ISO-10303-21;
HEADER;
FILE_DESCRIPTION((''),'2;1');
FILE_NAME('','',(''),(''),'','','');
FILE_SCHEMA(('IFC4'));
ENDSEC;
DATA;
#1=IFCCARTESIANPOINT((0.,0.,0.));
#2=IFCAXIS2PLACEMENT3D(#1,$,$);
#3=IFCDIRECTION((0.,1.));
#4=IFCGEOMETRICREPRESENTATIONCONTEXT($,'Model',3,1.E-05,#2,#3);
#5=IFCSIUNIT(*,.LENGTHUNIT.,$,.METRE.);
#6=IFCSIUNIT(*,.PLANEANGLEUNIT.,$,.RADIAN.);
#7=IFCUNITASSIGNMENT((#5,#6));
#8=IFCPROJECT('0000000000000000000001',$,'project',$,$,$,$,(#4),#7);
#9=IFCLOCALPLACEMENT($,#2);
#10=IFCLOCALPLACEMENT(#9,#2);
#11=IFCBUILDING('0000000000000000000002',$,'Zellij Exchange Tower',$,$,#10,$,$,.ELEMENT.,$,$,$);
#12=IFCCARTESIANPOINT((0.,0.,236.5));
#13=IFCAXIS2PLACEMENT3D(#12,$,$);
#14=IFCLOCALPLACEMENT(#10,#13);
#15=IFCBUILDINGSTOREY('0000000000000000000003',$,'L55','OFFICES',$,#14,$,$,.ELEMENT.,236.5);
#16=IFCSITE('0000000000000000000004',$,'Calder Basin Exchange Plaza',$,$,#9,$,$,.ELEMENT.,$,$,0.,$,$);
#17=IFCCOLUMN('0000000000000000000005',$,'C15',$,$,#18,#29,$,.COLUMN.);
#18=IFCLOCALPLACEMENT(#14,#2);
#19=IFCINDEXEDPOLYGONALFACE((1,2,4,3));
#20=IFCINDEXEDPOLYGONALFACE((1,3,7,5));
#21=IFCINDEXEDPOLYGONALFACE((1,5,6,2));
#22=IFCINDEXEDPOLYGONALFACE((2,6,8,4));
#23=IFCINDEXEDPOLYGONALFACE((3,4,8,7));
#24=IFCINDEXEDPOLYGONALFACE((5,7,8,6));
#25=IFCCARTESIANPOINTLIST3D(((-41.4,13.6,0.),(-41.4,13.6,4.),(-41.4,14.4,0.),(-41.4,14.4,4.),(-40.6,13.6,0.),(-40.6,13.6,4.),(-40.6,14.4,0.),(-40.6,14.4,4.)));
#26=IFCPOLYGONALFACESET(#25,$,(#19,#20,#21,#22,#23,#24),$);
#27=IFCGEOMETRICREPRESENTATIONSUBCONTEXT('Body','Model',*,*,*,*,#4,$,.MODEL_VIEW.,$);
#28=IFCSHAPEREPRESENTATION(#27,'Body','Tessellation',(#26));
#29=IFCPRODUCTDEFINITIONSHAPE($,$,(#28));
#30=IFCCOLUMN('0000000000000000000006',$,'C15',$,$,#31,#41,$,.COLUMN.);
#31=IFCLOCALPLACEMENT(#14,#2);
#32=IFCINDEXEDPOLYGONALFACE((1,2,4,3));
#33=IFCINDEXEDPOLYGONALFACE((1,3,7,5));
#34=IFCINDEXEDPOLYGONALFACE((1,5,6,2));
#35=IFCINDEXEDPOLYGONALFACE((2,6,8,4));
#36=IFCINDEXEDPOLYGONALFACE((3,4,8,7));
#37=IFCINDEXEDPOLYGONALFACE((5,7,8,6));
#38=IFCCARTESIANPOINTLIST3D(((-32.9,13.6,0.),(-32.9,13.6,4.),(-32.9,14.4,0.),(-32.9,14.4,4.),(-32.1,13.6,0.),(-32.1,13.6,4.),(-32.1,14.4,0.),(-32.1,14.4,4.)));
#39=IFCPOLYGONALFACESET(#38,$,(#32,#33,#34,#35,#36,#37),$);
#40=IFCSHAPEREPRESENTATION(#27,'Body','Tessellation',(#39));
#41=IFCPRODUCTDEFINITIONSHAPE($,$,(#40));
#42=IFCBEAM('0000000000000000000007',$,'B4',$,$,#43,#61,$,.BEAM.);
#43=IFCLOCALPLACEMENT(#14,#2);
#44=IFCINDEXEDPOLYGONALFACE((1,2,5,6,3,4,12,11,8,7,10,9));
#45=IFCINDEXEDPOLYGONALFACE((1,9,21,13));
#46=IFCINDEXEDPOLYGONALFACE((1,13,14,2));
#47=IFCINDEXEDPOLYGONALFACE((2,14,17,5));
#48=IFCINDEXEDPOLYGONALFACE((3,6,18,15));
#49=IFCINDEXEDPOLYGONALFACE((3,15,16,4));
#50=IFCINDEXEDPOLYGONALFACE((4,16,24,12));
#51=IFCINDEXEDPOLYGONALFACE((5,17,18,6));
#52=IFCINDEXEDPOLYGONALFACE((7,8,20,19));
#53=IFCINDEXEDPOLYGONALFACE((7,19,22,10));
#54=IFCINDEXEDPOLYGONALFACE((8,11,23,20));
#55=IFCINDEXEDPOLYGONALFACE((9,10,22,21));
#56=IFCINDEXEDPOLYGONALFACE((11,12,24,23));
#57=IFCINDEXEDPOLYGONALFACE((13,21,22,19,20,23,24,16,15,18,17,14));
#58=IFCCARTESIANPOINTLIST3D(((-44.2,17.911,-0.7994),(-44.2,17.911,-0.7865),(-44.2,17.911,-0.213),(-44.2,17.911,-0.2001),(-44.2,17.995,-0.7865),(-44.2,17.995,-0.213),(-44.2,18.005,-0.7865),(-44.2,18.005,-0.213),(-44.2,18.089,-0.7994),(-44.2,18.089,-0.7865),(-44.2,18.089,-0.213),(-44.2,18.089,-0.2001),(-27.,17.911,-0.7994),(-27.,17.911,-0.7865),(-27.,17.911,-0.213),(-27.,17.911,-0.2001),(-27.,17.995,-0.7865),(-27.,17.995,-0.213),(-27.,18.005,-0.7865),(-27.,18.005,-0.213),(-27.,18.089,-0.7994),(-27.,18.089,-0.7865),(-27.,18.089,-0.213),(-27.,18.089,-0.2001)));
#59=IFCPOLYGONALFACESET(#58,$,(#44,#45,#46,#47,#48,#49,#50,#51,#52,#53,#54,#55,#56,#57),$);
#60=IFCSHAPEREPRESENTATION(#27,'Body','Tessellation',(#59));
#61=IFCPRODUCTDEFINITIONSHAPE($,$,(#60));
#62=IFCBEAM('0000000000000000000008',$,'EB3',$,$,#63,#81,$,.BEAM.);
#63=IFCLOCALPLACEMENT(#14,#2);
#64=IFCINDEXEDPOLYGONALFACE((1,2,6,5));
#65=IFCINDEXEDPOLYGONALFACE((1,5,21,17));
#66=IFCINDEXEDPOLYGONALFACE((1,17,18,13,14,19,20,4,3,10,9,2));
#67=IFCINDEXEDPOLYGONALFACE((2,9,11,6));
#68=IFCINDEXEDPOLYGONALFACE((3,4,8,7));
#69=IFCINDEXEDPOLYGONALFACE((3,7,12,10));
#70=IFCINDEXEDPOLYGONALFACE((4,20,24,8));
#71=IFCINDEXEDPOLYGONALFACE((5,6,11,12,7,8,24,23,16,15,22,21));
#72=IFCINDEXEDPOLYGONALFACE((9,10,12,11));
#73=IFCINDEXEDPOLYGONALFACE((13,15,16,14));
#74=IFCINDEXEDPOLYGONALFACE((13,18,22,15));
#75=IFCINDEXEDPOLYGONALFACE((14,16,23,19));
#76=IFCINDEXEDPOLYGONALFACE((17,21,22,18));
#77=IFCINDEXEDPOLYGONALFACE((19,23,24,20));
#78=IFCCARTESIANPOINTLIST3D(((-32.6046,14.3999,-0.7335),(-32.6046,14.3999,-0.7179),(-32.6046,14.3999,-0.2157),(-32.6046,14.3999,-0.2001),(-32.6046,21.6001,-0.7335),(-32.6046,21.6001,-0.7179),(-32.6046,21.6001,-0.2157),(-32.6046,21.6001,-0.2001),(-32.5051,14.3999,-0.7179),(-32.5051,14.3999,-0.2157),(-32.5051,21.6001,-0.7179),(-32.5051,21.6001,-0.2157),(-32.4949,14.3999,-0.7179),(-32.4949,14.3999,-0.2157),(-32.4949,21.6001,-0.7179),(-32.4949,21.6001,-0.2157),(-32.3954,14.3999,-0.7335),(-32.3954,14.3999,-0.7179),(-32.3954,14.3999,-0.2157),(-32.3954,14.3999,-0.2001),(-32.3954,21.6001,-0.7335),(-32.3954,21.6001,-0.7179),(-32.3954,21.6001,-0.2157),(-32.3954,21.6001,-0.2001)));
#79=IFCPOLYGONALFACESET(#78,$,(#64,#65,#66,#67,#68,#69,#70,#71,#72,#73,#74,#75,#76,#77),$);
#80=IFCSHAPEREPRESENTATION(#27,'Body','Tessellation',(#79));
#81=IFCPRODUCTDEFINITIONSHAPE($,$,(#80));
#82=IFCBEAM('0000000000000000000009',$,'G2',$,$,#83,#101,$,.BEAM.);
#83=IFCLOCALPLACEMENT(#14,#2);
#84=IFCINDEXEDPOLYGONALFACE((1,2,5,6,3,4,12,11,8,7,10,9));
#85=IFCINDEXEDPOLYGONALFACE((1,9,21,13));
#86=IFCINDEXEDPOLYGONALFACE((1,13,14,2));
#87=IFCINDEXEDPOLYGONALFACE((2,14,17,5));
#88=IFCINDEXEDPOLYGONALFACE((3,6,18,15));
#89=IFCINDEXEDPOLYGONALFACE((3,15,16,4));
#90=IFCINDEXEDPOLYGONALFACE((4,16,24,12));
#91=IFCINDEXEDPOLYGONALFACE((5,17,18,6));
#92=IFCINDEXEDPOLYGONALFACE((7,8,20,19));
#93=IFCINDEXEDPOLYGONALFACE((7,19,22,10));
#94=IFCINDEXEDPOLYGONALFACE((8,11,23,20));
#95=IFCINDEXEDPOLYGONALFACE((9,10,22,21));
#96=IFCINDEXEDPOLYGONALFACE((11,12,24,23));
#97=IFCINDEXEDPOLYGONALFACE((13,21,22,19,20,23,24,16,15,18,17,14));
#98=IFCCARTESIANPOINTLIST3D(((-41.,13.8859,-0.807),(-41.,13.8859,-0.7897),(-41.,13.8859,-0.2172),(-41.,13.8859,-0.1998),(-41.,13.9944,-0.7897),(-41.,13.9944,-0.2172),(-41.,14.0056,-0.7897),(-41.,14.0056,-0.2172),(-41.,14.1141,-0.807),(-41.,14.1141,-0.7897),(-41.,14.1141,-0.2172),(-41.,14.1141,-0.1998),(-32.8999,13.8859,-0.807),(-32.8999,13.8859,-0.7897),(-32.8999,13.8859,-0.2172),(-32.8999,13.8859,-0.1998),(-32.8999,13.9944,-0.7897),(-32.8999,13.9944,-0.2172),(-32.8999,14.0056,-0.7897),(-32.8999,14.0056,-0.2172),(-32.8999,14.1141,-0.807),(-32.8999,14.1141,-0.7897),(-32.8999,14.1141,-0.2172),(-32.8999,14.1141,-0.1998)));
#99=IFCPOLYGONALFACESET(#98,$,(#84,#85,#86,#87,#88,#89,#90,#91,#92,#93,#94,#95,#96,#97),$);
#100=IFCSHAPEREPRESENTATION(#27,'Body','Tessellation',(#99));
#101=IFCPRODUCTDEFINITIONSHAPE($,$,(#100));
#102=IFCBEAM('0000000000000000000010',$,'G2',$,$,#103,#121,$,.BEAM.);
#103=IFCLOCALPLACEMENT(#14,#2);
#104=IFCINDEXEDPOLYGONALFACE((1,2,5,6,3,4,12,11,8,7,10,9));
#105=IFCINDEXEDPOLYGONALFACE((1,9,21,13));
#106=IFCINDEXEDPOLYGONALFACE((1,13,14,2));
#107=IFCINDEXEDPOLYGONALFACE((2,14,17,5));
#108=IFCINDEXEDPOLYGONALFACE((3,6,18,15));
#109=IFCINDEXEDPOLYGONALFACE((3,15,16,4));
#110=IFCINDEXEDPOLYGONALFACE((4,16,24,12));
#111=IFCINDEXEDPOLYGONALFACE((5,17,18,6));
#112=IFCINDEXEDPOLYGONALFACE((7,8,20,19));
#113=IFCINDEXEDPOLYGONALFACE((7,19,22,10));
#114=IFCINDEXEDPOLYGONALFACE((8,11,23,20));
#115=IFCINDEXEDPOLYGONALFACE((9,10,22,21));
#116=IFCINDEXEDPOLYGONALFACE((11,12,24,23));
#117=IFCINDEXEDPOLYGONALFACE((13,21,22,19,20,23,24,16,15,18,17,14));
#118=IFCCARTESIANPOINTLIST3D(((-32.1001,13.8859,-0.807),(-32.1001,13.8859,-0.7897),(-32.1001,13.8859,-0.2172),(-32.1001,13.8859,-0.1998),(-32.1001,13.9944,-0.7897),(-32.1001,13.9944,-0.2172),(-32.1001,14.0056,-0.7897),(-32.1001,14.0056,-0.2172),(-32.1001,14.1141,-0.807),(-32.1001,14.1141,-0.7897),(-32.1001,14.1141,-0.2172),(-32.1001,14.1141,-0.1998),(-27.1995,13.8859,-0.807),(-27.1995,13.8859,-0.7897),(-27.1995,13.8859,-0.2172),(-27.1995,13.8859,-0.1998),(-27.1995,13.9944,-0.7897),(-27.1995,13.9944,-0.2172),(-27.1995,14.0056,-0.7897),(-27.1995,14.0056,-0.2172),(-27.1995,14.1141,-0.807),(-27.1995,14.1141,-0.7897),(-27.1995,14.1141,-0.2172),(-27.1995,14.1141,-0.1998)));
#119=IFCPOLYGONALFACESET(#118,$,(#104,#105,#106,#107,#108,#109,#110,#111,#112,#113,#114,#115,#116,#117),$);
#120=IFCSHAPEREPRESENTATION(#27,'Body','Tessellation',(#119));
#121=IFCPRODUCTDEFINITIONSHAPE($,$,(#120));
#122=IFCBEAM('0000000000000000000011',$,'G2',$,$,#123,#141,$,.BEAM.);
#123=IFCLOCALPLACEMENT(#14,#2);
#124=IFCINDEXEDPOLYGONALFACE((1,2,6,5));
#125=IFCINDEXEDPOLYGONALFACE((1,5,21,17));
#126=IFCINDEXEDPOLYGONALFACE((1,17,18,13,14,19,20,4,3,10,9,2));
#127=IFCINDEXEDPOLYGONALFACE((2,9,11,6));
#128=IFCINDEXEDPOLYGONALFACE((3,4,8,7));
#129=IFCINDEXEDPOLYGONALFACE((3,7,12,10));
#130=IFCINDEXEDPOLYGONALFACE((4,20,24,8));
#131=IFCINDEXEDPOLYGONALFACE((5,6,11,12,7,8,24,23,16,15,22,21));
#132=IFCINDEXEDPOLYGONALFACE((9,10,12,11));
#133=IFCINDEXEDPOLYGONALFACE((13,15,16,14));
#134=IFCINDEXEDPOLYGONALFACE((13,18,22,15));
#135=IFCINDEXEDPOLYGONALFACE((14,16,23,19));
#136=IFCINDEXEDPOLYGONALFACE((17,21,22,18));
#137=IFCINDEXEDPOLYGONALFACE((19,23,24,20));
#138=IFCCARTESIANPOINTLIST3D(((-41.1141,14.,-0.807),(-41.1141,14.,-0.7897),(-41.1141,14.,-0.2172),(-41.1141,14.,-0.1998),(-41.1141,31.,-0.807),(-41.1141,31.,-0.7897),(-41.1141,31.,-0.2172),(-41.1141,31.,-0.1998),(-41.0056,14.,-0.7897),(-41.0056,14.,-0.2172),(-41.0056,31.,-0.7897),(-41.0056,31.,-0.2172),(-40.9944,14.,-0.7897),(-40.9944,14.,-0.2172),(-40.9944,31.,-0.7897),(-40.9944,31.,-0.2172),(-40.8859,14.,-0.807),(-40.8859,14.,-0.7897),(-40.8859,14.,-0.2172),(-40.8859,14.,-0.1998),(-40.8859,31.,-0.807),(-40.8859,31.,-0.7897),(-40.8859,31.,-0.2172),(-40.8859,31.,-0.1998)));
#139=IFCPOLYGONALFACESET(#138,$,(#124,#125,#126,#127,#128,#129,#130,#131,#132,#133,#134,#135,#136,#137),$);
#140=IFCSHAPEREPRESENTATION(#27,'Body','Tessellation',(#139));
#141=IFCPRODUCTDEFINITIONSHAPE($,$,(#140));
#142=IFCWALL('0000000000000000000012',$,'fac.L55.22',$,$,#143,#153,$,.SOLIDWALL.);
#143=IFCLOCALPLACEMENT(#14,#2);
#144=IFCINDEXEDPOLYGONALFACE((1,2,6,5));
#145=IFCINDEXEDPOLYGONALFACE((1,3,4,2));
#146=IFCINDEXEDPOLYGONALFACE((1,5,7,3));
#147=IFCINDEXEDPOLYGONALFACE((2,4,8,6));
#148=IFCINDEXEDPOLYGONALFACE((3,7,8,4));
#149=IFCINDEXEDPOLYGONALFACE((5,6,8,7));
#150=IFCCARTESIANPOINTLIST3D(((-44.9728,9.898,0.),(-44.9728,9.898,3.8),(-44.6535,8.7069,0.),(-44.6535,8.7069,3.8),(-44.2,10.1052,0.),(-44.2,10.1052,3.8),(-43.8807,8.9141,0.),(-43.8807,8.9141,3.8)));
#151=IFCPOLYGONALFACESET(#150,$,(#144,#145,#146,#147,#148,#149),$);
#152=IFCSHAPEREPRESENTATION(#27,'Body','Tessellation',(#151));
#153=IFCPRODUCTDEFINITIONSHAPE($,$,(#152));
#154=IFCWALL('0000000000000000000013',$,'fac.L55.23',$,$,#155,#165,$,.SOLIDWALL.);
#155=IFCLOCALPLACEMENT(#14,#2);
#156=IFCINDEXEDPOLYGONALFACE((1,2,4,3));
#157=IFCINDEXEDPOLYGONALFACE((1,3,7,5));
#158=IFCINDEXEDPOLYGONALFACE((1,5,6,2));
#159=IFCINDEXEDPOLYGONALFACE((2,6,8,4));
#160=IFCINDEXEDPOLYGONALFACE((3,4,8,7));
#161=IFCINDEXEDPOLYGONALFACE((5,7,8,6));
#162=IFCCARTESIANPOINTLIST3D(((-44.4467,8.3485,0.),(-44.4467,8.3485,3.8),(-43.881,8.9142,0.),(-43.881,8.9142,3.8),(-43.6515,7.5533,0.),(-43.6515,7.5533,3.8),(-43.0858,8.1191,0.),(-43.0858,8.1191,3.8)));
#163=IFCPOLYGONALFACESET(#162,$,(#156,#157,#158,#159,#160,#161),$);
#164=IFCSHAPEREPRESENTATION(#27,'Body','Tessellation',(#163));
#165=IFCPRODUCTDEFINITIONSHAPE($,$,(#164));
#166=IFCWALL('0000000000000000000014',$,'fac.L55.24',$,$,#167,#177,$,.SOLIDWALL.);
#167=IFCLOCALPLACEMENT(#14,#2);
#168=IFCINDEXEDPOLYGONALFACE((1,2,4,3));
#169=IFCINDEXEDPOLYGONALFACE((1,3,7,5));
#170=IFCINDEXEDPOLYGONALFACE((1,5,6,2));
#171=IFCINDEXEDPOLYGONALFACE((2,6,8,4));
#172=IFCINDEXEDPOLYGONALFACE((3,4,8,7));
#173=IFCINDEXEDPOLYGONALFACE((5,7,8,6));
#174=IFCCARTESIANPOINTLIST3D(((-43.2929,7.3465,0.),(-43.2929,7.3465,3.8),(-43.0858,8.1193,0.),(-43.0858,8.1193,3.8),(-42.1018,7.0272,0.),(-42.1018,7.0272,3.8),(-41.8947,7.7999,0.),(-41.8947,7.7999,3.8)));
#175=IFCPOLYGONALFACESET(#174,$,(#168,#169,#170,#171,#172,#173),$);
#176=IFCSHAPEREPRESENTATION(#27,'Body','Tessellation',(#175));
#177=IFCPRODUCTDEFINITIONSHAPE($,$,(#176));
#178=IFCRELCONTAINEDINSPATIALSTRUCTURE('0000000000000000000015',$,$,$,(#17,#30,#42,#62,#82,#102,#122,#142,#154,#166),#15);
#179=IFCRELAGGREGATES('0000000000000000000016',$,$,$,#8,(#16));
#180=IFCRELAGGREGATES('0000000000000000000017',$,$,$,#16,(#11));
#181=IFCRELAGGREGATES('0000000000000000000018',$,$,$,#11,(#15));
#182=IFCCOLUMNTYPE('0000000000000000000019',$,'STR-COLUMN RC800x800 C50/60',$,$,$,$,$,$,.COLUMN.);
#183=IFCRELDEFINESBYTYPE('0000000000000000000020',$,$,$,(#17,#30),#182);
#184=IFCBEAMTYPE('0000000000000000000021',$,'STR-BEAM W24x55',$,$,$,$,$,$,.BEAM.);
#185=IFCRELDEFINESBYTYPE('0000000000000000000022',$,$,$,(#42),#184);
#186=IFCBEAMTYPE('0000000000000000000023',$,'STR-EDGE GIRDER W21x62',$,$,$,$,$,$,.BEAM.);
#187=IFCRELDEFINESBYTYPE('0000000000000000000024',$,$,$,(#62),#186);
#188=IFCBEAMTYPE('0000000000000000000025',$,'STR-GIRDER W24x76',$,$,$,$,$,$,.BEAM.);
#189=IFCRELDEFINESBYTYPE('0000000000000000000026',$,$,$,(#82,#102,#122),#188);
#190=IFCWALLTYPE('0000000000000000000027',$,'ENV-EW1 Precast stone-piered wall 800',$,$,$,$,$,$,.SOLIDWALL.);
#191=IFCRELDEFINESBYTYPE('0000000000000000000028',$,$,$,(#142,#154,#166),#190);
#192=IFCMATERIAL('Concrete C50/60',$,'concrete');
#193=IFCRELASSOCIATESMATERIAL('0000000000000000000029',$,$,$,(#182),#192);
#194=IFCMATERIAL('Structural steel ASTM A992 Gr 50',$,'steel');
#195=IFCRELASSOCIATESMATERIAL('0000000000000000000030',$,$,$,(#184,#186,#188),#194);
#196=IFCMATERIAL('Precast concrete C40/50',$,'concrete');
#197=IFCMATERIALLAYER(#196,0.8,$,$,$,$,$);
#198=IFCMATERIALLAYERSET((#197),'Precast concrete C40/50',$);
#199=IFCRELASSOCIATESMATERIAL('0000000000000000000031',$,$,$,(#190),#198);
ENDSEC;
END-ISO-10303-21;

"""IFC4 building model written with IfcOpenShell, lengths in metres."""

from ifc_helpers import new_model, si_unit, direction, frame, frame_2d, origin, origin_2d, place, context, subcontext, project, spatial, rectangle, i_section, extrude, material, layer, layer_set, material_profile, profile_set, type_object, element, save


model = new_model("IFC4")

# Units and contexts
model_context = context("Model", 3, precision=1e-05, world=origin(), true_north=direction((0.0, 1.0)))
body_context = subcontext(model_context, "Body", "Model", "MODEL_VIEW")
ifc_project = project(units=[si_unit("LENGTHUNIT", "METRE"), si_unit("PLANEANGLEUNIT", "RADIAN")], contexts=[model_context])

# Site, building, storey
site_placement = place(None, origin())
site = spatial("IfcSite", under=ifc_project, at=site_placement, Name="Calder Basin Exchange Plaza", CompositionType="ELEMENT", RefElevation=0.0)
building_placement = place(site_placement, origin())
building = spatial("IfcBuilding", under=site, at=building_placement, Name="Zellij Exchange Tower", CompositionType="ELEMENT")
storey_placement = place(building_placement, frame((0.0, 0.0, 236.5)))
storey = spatial("IfcBuildingStorey", under=building, at=storey_placement, Name="L55", Description="OFFICES", CompositionType="ELEMENT", Elevation=236.5)

# Columns
ifc_material_1 = material(Name="Concrete C50/60", Category="concrete")
ifc_material_profile_1 = material_profile(ifc_material_1, rectangle(XDim=0.8, YDim=0.8, at=origin_2d()), Name="STR-COLUMN RC800x800 C50/60")
ifc_profile_set_1 = profile_set([ifc_material_profile_1], Name="Concrete C50/60")
column_type = type_object("IfcColumnType", Name="STR-COLUMN RC800x800 C50/60", PredefinedType="COLUMN", material=ifc_profile_set_1)
for number, where, z_axis, x_axis, name in (
    (1, (-41.0, 14.0, 0.0), (0.0, 0.0, 1.0), (1.0, 0.0, 0.0), "C15"),
    (2, (-32.5, 14.0, 0.0), (0.0, 0.0, 1.0), (1.0, 0.0, 0.0), "C15"),
):
    element("IfcColumn", number, at=place(storey_placement, frame(where, z_axis=z_axis, x_axis=x_axis)), inside=storey, type_object=column_type, Name=name, PredefinedType="COLUMN", context=body_context, shape_type="SweptSolid", body=[
        extrude(rectangle(XDim=0.8, YDim=0.8, at=origin_2d()), origin(), (0.0, 0.0, 1.0), 4.0),
    ])

# Beams
ifc_material_2 = material(Name="Structural steel ASTM A992 Gr 50", Category="steel")
ifc_material_profile_2 = material_profile(ifc_material_2, i_section(OverallWidth=0.178, OverallDepth=0.5994, WebThickness=0.01, FlangeThickness=0.0129, at=origin_2d()), Name="W24x55")
ifc_profile_set_2 = profile_set([ifc_material_profile_2], Name="Structural steel ASTM A992 Gr 50")
beam_type_1 = type_object("IfcBeamType", Name="STR-BEAM W24x55", PredefinedType="BEAM", material=ifc_profile_set_2)
beam_1_placement = place(storey_placement, frame((-44.2, 18.0, -0.4998), z_axis=(1.0, 0.0, 0.0), x_axis=(0.0, 1.0, 0.0)))
element("IfcBeam", 3, at=beam_1_placement, inside=storey, type_object=beam_type_1, Name="B4", PredefinedType="BEAM", context=body_context, shape_type="SweptSolid", body=[
    extrude(i_section(OverallWidth=0.178, OverallDepth=0.5994, WebThickness=0.01, FlangeThickness=0.0129, at=origin_2d()), origin(), (0.0, 0.0, 1.0), 17.2),
])
ifc_material_profile_3 = material_profile(ifc_material_2, i_section(OverallWidth=0.2092, OverallDepth=0.5334, WebThickness=0.0103, FlangeThickness=0.0156, at=origin_2d()), Name="W21x62")
ifc_profile_set_3 = profile_set([ifc_material_profile_3], Name="Structural steel ASTM A992 Gr 50")
beam_type_2 = type_object("IfcBeamType", Name="STR-EDGE GIRDER W21x62", PredefinedType="BEAM", material=ifc_profile_set_3)
beam_2_placement = place(storey_placement, frame((-32.5, 14.3999, -0.4668), z_axis=(0.0, 1.0, 0.0), x_axis=(-1.0, 0.0, 0.0)))
element("IfcBeam", 4, at=beam_2_placement, inside=storey, type_object=beam_type_2, Name="EB3", PredefinedType="BEAM", context=body_context, shape_type="SweptSolid", body=[
    extrude(i_section(OverallWidth=0.2092, OverallDepth=0.5334, WebThickness=0.0103, FlangeThickness=0.0156, at=origin_2d()), origin(), (0.0, 0.0, 1.0), 7.2002),
])
ifc_material_profile_4 = material_profile(ifc_material_2, i_section(OverallWidth=0.2283, OverallDepth=0.6072, WebThickness=0.0112, FlangeThickness=0.0173, at=origin_2d()), Name="W24x76")
ifc_profile_set_4 = profile_set([ifc_material_profile_4], Name="Structural steel ASTM A992 Gr 50")
beam_type_3 = type_object("IfcBeamType", Name="STR-GIRDER W24x76", PredefinedType="BEAM", material=ifc_profile_set_4)
beam_3_placement = place(storey_placement, frame((-41.0, 14.0, -0.5034), z_axis=(1.0, 0.0, 0.0), x_axis=(0.0, 1.0, 0.0)))
element("IfcBeam", 5, at=beam_3_placement, inside=storey, type_object=beam_type_3, Name="G2", PredefinedType="BEAM", context=body_context, shape_type="SweptSolid", body=[
    extrude(i_section(OverallWidth=0.2283, OverallDepth=0.6072, WebThickness=0.0112, FlangeThickness=0.0173, at=origin_2d()), origin(), (0.0, 0.0, 1.0), 8.1001),
])
beam_4_placement = place(storey_placement, frame((-32.1001, 14.0, -0.5034), z_axis=(1.0, 0.0, 0.0), x_axis=(0.0, 1.0, 0.0)))
element("IfcBeam", 6, at=beam_4_placement, inside=storey, type_object=beam_type_3, Name="G2", PredefinedType="BEAM", context=body_context, shape_type="SweptSolid", body=[
    extrude(i_section(OverallWidth=0.2283, OverallDepth=0.6072, WebThickness=0.0112, FlangeThickness=0.0173, at=origin_2d()), origin(), (0.0, 0.0, 1.0), 4.9006),
])
beam_5_placement = place(storey_placement, frame((-41.0, 14.0, -0.5034), z_axis=(0.0, 1.0, 0.0), x_axis=(-1.0, 0.0, 0.0)))
element("IfcBeam", 7, at=beam_5_placement, inside=storey, type_object=beam_type_3, Name="G2", PredefinedType="BEAM", context=body_context, shape_type="SweptSolid", body=[
    extrude(i_section(OverallWidth=0.2283, OverallDepth=0.6072, WebThickness=0.0112, FlangeThickness=0.0173, at=origin_2d()), origin(), (0.0, 0.0, 1.0), 17.0),
])

# Walls
ifc_material_3 = material(Name="Precast concrete C40/50", Category="concrete")
ifc_layer_1 = layer(ifc_material_3, 0.8)
ifc_layer_set_1 = layer_set([ifc_layer_1], Name="Precast concrete C40/50")
wall_type_1 = type_object("IfcWallType", Name="ENV-EW1 Precast stone-piered wall 800", PredefinedType="SOLIDWALL", material=ifc_layer_set_1)
wall_1_placement = place(storey_placement, frame((-44.5864, 10.0017, 0.0), z_axis=(0.0, 0.0, 1.0), x_axis=(0.258944, -0.965892, 0.0)))
element("IfcWall", 8, at=wall_1_placement, inside=storey, type_object=wall_type_1, Name="fac.L55.22", PredefinedType="SOLIDWALL", context=body_context, shape_type="SweptSolid", body=[
    extrude(rectangle(XDim=1.2332, YDim=0.8, at=frame_2d((0.6167, 0.0))), origin(), (0.0, 0.0, 1.0), 3.8),
])
wall_2_placement = place(storey_placement, frame((-44.1638, 8.6313, 0.0), z_axis=(0.0, 0.0, 1.0), x_axis=(0.707107, -0.707107, 0.0)))
element("IfcWall", 9, at=wall_2_placement, inside=storey, type_object=wall_type_1, Name="fac.L55.23", PredefinedType="SOLIDWALL", context=body_context, shape_type="SweptSolid", body=[
    extrude(rectangle(XDim=1.1245, YDim=0.8, at=frame_2d((0.5623, 0.0))), origin(), (0.0, 0.0, 1.0), 3.8),
])
wall_3_placement = place(storey_placement, frame((-43.1895, 7.7329, 0.0), z_axis=(0.0, 0.0, 1.0), x_axis=(0.965892, -0.258944, 0.0)))
element("IfcWall", 10, at=wall_3_placement, inside=storey, type_object=wall_type_1, Name="fac.L55.24", PredefinedType="SOLIDWALL", context=body_context, shape_type="SweptSolid", body=[
    extrude(rectangle(XDim=1.2332, YDim=0.8, at=frame_2d((0.6167, 0.0))), origin(), (0.0, 0.0, 1.0), 3.8),
])

save(model, "model.ifc")
